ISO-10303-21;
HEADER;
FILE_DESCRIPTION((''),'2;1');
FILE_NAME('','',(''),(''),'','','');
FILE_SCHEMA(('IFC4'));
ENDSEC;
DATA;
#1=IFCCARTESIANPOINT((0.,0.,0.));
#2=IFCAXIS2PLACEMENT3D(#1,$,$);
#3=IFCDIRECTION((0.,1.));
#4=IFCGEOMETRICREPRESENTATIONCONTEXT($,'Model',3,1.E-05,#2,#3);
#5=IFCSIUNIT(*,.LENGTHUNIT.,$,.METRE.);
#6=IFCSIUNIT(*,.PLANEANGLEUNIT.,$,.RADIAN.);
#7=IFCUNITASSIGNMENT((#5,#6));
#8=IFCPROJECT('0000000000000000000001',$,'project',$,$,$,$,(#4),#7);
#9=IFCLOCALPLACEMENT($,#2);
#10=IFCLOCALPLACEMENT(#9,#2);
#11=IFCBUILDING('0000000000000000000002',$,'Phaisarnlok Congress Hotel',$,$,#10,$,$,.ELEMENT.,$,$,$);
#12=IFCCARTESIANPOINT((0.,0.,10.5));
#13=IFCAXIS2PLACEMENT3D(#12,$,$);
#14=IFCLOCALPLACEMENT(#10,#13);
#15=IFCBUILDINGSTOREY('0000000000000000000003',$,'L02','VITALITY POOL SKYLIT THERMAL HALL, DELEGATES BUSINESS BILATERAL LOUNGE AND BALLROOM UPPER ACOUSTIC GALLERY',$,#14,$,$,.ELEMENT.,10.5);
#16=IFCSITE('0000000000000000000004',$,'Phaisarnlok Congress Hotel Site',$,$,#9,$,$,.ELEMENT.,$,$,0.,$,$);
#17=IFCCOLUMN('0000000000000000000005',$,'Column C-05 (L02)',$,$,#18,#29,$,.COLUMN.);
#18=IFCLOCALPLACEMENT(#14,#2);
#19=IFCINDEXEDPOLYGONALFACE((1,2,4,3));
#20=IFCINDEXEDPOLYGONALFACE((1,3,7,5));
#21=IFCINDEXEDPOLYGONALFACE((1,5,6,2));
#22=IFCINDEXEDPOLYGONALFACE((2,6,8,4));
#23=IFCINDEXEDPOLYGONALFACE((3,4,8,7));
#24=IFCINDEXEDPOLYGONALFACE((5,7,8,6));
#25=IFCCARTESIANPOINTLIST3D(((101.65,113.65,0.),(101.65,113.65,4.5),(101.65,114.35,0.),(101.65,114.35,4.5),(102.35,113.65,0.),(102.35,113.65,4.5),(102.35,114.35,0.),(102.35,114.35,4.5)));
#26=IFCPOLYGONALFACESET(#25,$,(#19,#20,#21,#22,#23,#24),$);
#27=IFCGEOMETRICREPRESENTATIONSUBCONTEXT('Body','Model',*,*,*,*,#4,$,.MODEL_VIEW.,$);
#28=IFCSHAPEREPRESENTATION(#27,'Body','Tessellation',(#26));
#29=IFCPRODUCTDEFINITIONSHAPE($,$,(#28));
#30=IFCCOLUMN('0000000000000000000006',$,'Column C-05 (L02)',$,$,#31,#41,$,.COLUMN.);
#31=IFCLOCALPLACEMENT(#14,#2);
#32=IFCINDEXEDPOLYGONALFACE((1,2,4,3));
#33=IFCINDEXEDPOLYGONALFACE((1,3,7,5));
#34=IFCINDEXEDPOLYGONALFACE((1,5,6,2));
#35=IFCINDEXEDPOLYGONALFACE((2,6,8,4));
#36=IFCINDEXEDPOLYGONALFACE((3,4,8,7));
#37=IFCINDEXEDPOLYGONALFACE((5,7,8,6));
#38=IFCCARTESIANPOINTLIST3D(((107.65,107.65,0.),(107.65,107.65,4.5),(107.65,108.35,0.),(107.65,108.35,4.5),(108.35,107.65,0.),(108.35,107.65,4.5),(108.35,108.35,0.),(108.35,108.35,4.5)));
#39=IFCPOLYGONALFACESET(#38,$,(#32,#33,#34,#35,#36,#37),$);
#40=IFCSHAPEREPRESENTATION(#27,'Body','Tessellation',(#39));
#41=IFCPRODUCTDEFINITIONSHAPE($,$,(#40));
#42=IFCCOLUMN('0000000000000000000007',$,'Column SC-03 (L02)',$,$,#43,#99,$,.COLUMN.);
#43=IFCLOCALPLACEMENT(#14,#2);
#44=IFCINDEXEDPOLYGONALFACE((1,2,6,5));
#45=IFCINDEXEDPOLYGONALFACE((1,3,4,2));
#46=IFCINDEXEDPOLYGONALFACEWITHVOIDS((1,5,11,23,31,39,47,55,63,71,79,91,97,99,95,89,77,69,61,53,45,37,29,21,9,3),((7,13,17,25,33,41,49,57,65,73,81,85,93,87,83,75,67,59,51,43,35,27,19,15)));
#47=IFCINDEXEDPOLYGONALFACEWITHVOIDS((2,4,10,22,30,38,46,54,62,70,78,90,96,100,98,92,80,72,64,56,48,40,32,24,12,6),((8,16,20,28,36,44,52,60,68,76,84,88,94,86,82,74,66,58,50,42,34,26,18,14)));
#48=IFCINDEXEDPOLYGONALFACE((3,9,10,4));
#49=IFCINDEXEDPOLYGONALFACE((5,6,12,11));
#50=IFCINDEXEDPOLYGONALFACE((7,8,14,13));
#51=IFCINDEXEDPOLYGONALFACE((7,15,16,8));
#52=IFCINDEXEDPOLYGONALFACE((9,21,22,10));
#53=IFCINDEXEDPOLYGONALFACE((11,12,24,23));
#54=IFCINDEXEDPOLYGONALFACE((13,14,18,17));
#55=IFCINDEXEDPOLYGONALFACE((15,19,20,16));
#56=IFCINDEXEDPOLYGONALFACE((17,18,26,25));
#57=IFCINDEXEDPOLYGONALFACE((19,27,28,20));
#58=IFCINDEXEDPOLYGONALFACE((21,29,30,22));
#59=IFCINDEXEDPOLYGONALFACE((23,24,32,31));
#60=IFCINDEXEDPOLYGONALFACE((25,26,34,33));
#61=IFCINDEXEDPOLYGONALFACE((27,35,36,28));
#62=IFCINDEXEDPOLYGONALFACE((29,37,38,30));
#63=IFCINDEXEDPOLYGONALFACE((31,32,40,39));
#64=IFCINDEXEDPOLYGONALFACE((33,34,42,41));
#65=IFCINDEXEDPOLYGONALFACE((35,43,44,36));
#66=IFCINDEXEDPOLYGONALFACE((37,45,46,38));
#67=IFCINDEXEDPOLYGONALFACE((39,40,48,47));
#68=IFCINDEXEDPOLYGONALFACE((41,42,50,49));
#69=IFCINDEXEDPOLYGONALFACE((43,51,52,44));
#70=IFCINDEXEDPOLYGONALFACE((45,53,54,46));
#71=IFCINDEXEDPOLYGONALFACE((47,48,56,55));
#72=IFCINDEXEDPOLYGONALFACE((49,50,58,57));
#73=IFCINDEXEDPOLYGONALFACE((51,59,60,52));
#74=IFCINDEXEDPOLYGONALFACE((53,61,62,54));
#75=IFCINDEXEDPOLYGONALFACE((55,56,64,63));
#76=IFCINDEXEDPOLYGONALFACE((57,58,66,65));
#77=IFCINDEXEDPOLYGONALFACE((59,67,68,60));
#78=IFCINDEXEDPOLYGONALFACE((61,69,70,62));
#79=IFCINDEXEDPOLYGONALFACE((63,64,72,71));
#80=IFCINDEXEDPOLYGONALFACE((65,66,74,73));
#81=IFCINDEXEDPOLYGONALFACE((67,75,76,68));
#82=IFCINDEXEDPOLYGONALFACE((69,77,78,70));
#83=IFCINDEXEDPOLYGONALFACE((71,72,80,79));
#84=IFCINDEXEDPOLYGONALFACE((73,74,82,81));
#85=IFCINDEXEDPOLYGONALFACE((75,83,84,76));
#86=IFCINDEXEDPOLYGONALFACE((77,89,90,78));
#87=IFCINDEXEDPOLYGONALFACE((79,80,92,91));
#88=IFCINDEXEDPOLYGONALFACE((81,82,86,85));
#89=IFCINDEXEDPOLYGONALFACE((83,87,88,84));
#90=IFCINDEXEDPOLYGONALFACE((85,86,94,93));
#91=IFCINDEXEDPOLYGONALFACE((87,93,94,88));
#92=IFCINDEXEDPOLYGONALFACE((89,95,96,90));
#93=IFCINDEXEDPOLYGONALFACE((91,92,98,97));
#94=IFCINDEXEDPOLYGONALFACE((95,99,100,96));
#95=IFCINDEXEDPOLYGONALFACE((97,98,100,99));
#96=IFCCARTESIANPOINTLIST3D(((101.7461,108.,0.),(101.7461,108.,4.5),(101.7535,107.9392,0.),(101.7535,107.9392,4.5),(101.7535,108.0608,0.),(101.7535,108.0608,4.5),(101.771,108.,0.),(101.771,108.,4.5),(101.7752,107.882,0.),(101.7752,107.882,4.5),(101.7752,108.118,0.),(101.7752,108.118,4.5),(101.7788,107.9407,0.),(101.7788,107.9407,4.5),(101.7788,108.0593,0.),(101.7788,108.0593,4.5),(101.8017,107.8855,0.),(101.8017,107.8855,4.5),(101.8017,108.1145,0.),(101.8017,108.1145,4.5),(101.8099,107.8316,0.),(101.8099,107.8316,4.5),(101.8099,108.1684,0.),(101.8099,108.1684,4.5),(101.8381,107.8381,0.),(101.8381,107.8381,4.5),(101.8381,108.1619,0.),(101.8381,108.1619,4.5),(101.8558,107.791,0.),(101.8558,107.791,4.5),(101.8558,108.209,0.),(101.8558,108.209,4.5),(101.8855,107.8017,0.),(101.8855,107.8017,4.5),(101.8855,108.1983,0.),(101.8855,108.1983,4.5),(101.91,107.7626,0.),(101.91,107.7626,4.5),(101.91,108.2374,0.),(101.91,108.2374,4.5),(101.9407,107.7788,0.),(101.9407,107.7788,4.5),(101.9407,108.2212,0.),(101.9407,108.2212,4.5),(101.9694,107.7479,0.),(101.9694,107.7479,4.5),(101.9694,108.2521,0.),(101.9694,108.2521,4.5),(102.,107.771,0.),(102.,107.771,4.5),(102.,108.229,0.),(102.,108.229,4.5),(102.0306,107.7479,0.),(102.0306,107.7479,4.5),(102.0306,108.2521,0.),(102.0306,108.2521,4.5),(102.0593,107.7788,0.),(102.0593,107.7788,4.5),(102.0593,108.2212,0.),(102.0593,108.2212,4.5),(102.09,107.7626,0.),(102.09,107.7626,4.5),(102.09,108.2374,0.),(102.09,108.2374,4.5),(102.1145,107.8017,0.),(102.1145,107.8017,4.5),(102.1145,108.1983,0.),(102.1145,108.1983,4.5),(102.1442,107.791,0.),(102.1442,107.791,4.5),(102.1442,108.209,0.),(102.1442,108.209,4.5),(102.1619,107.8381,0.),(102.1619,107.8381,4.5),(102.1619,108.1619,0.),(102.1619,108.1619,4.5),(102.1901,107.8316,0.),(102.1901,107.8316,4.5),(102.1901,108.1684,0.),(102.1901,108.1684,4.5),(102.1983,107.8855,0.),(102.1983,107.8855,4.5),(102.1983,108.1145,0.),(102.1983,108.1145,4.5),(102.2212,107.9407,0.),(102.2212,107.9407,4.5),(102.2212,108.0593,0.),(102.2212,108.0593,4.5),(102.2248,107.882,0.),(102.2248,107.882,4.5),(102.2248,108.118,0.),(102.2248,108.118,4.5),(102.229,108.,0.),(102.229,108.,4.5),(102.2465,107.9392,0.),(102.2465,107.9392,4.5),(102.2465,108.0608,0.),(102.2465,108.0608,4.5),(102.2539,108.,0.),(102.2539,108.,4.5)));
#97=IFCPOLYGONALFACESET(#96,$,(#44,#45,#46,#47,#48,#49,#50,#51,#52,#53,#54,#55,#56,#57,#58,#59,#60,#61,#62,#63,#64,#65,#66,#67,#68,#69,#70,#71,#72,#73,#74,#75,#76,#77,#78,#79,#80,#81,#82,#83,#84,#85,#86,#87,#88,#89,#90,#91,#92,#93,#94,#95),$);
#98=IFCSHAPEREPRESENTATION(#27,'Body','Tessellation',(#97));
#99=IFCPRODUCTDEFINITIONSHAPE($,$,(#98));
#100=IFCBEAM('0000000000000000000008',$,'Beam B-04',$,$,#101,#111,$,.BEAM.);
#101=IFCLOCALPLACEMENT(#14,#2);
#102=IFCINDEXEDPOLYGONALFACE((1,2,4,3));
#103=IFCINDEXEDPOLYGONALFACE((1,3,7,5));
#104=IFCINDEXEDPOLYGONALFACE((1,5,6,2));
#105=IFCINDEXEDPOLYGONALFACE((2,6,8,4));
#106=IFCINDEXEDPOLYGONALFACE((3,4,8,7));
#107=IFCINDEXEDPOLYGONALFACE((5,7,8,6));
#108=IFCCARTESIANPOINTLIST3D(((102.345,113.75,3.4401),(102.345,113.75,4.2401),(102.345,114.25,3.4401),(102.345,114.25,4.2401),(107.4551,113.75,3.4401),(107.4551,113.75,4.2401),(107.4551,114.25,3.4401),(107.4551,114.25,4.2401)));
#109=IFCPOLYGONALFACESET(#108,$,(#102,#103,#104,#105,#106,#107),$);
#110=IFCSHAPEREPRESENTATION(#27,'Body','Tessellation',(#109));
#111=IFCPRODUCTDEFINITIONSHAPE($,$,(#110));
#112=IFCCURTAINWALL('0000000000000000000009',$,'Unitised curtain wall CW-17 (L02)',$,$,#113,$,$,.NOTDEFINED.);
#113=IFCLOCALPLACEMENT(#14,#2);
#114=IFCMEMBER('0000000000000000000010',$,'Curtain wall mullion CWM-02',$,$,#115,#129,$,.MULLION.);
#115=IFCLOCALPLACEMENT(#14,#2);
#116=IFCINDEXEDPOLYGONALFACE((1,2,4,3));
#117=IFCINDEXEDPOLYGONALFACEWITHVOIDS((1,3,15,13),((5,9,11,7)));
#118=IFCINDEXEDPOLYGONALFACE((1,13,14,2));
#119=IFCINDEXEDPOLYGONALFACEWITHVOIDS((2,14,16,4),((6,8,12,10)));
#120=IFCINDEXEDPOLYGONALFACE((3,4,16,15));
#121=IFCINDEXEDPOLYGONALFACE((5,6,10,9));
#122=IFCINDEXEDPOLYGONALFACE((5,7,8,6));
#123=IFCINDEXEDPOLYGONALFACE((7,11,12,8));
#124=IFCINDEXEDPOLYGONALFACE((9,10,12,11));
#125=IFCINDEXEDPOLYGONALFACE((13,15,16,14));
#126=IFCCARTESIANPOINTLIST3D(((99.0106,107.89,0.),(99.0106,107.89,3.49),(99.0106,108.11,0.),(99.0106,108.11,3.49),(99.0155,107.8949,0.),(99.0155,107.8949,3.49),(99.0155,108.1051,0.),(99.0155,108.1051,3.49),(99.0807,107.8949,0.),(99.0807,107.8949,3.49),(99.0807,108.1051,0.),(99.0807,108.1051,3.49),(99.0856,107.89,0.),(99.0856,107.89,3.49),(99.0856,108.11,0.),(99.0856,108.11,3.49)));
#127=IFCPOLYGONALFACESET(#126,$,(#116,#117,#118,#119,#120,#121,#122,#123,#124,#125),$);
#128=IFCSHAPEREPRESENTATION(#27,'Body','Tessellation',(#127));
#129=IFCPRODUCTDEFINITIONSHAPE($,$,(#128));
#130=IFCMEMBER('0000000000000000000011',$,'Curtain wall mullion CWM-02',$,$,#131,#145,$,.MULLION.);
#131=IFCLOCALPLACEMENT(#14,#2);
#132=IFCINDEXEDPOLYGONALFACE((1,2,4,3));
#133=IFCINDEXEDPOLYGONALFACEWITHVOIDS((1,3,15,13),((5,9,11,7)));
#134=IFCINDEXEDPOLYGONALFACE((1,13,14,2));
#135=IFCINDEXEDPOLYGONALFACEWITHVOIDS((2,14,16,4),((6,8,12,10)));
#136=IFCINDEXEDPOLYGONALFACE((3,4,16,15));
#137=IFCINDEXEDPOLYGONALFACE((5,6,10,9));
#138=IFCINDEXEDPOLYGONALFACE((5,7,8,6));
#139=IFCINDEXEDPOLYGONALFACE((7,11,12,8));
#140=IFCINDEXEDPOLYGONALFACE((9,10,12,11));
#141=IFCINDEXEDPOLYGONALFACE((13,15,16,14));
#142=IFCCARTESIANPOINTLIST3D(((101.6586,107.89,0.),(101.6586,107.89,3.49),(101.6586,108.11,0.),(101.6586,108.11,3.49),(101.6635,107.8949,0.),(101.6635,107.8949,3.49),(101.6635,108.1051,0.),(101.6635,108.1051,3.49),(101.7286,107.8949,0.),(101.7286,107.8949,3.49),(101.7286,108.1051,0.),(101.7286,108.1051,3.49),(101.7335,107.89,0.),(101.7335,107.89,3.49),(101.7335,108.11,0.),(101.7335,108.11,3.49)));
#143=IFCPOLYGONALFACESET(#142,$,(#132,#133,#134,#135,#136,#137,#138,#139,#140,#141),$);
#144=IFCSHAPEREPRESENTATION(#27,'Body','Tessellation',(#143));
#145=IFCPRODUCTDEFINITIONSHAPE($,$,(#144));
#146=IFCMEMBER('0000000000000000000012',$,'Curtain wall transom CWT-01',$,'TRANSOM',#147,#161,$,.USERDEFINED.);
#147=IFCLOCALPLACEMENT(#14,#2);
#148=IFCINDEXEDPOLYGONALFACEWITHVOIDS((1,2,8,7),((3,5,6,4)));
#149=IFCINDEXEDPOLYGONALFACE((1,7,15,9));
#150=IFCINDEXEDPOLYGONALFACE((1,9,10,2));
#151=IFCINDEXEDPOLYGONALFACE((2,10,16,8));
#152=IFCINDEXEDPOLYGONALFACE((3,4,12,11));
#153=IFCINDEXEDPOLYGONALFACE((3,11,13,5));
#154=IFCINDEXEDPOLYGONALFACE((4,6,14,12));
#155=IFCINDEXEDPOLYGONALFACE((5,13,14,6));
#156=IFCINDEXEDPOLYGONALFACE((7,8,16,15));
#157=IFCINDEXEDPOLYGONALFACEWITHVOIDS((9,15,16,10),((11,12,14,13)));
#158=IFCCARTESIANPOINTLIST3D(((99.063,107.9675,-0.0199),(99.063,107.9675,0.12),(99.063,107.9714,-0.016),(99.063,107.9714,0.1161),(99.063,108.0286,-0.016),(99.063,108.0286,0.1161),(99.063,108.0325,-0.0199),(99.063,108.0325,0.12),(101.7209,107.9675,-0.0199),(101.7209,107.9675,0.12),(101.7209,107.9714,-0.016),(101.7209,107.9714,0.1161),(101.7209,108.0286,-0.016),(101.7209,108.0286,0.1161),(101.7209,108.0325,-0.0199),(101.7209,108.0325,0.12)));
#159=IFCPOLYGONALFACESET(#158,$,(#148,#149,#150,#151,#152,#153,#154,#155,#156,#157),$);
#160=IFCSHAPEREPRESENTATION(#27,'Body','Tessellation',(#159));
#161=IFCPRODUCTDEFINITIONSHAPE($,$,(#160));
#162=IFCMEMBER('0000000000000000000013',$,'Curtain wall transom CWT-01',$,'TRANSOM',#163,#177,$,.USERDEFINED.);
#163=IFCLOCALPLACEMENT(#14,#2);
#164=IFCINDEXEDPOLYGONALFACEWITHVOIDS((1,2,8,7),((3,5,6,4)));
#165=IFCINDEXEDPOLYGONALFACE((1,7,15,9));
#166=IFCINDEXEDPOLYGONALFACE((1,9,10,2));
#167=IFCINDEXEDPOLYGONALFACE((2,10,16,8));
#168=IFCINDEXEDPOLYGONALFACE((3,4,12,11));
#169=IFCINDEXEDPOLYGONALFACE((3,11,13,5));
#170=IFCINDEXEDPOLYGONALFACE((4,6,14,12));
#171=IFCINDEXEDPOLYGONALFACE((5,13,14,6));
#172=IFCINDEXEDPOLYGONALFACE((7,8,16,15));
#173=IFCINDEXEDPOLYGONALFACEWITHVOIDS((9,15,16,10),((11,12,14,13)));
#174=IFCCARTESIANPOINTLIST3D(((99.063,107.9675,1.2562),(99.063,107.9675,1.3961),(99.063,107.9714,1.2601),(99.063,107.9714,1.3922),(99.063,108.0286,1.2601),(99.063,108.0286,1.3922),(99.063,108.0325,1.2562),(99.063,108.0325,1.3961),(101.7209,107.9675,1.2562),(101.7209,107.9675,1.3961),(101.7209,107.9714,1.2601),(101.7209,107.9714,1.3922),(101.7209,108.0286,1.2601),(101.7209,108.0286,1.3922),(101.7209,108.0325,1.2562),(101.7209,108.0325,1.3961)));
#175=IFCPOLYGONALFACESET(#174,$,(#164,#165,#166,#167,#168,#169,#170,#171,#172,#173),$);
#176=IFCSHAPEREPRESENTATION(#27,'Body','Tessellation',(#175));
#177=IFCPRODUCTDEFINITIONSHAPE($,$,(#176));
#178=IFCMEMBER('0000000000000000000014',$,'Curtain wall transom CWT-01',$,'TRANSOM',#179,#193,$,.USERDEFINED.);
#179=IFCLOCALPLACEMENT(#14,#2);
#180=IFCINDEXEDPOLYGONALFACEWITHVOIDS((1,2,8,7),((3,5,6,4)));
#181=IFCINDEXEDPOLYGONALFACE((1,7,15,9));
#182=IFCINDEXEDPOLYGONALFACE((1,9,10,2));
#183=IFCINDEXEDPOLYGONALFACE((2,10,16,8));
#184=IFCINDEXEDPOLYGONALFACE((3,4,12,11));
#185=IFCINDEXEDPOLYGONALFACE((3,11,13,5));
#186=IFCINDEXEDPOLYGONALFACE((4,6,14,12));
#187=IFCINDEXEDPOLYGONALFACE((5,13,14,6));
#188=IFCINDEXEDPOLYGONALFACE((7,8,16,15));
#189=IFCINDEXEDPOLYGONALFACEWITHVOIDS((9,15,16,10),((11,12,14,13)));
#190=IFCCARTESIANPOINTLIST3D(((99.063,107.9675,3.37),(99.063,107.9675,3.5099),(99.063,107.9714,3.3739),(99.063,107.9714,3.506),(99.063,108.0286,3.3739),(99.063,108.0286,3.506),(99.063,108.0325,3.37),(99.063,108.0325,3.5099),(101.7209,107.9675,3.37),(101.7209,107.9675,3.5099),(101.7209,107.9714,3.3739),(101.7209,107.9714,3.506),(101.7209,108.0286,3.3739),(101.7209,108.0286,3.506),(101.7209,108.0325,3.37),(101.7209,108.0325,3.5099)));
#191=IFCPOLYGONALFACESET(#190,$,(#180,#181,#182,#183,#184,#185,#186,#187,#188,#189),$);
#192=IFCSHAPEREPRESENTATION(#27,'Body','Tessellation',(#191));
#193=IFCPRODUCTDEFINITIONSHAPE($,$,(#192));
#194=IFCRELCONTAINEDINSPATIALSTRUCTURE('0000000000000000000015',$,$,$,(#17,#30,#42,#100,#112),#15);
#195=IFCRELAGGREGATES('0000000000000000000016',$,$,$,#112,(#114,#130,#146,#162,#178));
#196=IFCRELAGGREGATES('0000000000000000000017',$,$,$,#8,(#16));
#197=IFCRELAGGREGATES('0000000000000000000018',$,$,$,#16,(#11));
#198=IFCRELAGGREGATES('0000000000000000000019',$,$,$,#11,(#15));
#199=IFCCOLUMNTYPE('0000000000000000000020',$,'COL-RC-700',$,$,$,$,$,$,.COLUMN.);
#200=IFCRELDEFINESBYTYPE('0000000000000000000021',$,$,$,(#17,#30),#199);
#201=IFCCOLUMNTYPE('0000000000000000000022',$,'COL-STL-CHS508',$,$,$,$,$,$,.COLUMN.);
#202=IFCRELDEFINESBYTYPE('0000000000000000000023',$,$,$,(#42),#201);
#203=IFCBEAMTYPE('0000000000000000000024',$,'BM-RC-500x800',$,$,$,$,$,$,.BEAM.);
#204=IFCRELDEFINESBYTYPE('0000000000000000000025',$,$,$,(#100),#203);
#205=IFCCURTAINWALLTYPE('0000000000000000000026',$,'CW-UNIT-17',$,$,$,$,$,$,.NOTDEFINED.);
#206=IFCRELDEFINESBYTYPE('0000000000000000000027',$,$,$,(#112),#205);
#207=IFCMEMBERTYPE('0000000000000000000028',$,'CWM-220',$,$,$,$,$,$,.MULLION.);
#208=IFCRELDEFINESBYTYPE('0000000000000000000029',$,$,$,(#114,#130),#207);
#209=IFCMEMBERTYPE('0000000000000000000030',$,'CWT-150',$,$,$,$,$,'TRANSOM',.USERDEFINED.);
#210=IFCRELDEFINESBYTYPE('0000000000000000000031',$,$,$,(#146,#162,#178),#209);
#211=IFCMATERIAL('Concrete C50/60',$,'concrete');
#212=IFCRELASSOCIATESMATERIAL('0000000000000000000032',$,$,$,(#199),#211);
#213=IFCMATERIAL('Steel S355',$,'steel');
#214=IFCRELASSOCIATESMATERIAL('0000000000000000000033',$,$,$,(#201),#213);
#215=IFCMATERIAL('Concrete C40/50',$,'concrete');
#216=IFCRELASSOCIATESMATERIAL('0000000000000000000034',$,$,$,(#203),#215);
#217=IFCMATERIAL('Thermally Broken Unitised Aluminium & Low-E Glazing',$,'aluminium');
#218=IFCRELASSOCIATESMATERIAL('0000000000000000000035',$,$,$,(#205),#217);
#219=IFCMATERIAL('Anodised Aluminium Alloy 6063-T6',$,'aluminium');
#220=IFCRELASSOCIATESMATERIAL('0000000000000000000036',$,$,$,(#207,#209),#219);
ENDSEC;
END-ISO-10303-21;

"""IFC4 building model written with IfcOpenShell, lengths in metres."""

from ifc_helpers import new_model, si_unit, direction, frame, origin, origin_2d, place, context, subcontext, project, spatial, rectangle, hollow_rectangle, hollow_circle, extrude, material, material_profile, profile_set, type_object, element, aggregate, save


model = new_model("IFC4")

# Units and contexts
model_context = context("Model", 3, precision=1e-05, world=origin(), true_north=direction((0.0, 1.0)))
body_context = subcontext(model_context, "Body", "Model", "MODEL_VIEW")
ifc_project = project(units=[si_unit("LENGTHUNIT", "METRE"), si_unit("PLANEANGLEUNIT", "RADIAN")], contexts=[model_context])

# Site, building, storey
site_placement = place(None, origin())
site = spatial("IfcSite", under=ifc_project, at=site_placement, Name="Phaisarnlok Congress Hotel Site", CompositionType="ELEMENT", RefElevation=0.0)
building_placement = place(site_placement, origin())
building = spatial("IfcBuilding", under=site, at=building_placement, Name="Phaisarnlok Congress Hotel", CompositionType="ELEMENT")
storey_placement = place(building_placement, frame((0.0, 0.0, 10.5)))
storey = spatial("IfcBuildingStorey", under=building, at=storey_placement, Name="L02", Description="VITALITY POOL SKYLIT THERMAL HALL, DELEGATES BUSINESS BILATERAL LOUNGE AND BALLROOM UPPER ACOUSTIC GALLERY", CompositionType="ELEMENT", Elevation=10.5)

# Columns
ifc_material_1 = material(Name="Concrete C50/60", Category="concrete")
ifc_material_profile_1 = material_profile(ifc_material_1, rectangle(XDim=0.7, YDim=0.7, at=origin_2d()), Name="RC 700x700")
ifc_profile_set_1 = profile_set([ifc_material_profile_1], Name="Concrete C50/60")
column_type_1 = type_object("IfcColumnType", Name="COL-RC-700", PredefinedType="COLUMN", material=ifc_profile_set_1)
for number, where, z_axis, x_axis, name in (
    (1, (102.0, 114.0, 0.0), (0.0, 0.0, 1.0), (1.0, 0.0, 0.0), "Column C-05 (L02)"),
    (2, (108.0, 108.0, 0.0), (0.0, 0.0, 1.0), (1.0, 0.0, 0.0), "Column C-05 (L02)"),
):
    element("IfcColumn", number, at=place(storey_placement, frame(where, z_axis=z_axis, x_axis=x_axis)), inside=storey, type_object=column_type_1, Name=name, PredefinedType="COLUMN", context=body_context, shape_type="SweptSolid", body=[
        extrude(rectangle(XDim=0.7, YDim=0.7, at=origin_2d()), origin(), (0.0, 0.0, 1.0), 4.5),
    ])
ifc_material_2 = material(Name="Steel S355", Category="steel")
ifc_material_profile_2 = material_profile(ifc_material_2, hollow_circle(Radius=0.2539, WallThickness=0.0249, at=origin_2d()), Name="CHS 508x25")
ifc_profile_set_2 = profile_set([ifc_material_profile_2], Name="Steel S355")
column_type_2 = type_object("IfcColumnType", Name="COL-STL-CHS508", PredefinedType="COLUMN", material=ifc_profile_set_2)
column_placement = place(storey_placement, frame((102.0, 108.0, 0.0), z_axis=(0.0, 0.0, 1.0), x_axis=(1.0, 0.0, 0.0)))
element("IfcColumn", 3, at=column_placement, inside=storey, type_object=column_type_2, Name="Column SC-03 (L02)", PredefinedType="COLUMN", context=body_context, shape_type="SweptSolid", body=[
    extrude(hollow_circle(Radius=0.2539, WallThickness=0.0249, at=origin_2d()), origin(), (0.0, 0.0, 1.0), 4.5),
])

# Beam
ifc_material_3 = material(Name="Concrete C40/50", Category="concrete")
ifc_material_profile_3 = material_profile(ifc_material_3, rectangle(XDim=0.5, YDim=0.8, at=origin_2d()), Name="RC 500x800")
ifc_profile_set_3 = profile_set([ifc_material_profile_3], Name="Concrete C40/50")
beam_type = type_object("IfcBeamType", Name="BM-RC-500x800", PredefinedType="BEAM", material=ifc_profile_set_3)
beam_placement = place(storey_placement, frame((102.345, 114.0, 3.8401), z_axis=(1.0, 0.0, 0.0), x_axis=(0.0, 1.0, 0.0)))
element("IfcBeam", 4, at=beam_placement, inside=storey, type_object=beam_type, Name="Beam B-04", PredefinedType="BEAM", context=body_context, shape_type="SweptSolid", body=[
    extrude(rectangle(XDim=0.5, YDim=0.8, at=origin_2d()), origin(), (0.0, 0.0, 1.0), 5.1101),
])

# Curtain wall, members
ifc_material_4 = material(Name="Thermally Broken Unitised Aluminium & Low-E Glazing", Category="aluminium")
curtain_wall_type = type_object("IfcCurtainWallType", Name="CW-UNIT-17", PredefinedType="NOTDEFINED", material=ifc_material_4)
curtain_wall_placement = place(storey_placement, origin())
curtain_wall = element("IfcCurtainWall", 5, at=curtain_wall_placement, inside=storey, type_object=curtain_wall_type, Name="Unitised curtain wall CW-17 (L02)", PredefinedType="NOTDEFINED")
ifc_material_5 = material(Name="Anodised Aluminium Alloy 6063-T6", Category="aluminium")
ifc_material_profile_4 = material_profile(ifc_material_5, hollow_rectangle(XDim=0.075, YDim=0.22, WallThickness=0.0049, at=origin_2d()), Name="ALU-M 75x220x5")
ifc_profile_set_4 = profile_set([ifc_material_profile_4], Name="Anodised Aluminium Alloy 6063-T6")
member_type_1 = type_object("IfcMemberType", Name="CWM-220", PredefinedType="MULLION", material=ifc_profile_set_4)
member_1_placement = place(storey_placement, frame((99.0481, 108.0, 0.0), z_axis=(0.0, 0.0, 1.0), x_axis=(1.0, 0.0, 0.0)))
member_1 = element("IfcMember", 6, at=member_1_placement, type_object=member_type_1, Name="Curtain wall mullion CWM-02", PredefinedType="MULLION", context=body_context, shape_type="SweptSolid", body=[
    extrude(hollow_rectangle(XDim=0.075, YDim=0.22, WallThickness=0.0049, at=origin_2d()), origin(), (0.0, 0.0, 1.0), 3.49),
])
member_2_placement = place(storey_placement, frame((101.696, 108.0, 0.0), z_axis=(0.0, 0.0, 1.0), x_axis=(1.0, 0.0, 0.0)))
member_2 = element("IfcMember", 7, at=member_2_placement, type_object=member_type_1, Name="Curtain wall mullion CWM-02", PredefinedType="MULLION", context=body_context, shape_type="SweptSolid", body=[
    extrude(hollow_rectangle(XDim=0.075, YDim=0.22, WallThickness=0.0049, at=origin_2d()), origin(), (0.0, 0.0, 1.0), 3.49),
])
ifc_material_profile_5 = material_profile(ifc_material_5, hollow_rectangle(XDim=0.0649, YDim=0.1399, WallThickness=0.0039, at=origin_2d()), Name="ALU-T 65x140x4")
ifc_profile_set_5 = profile_set([ifc_material_profile_5], Name="Anodised Aluminium Alloy 6063-T6")
member_type_2 = type_object("IfcMemberType", Name="CWT-150", ElementType="TRANSOM", PredefinedType="USERDEFINED", material=ifc_profile_set_5)
member_3_placement = place(storey_placement, frame((99.063, 108.0, 0.05), z_axis=(1.0, 0.0, 0.0), x_axis=(0.0, 1.0, 0.0)))
member_3 = element("IfcMember", 8, at=member_3_placement, type_object=member_type_2, Name="Curtain wall transom CWT-01", ObjectType="TRANSOM", PredefinedType="USERDEFINED", context=body_context, shape_type="SweptSolid", body=[
    extrude(hollow_rectangle(XDim=0.0649, YDim=0.1399, WallThickness=0.0039, at=origin_2d()), origin(), (0.0, 0.0, 1.0), 2.658),
])
member_4_placement = place(storey_placement, frame((99.063, 108.0, 1.3262), z_axis=(1.0, 0.0, 0.0), x_axis=(0.0, 1.0, 0.0)))
member_4 = element("IfcMember", 9, at=member_4_placement, type_object=member_type_2, Name="Curtain wall transom CWT-01", ObjectType="TRANSOM", PredefinedType="USERDEFINED", context=body_context, shape_type="SweptSolid", body=[
    extrude(hollow_rectangle(XDim=0.0649, YDim=0.1399, WallThickness=0.0039, at=origin_2d()), origin(), (0.0, 0.0, 1.0), 2.658),
])
member_5_placement = place(storey_placement, frame((99.063, 108.0, 3.4399), z_axis=(1.0, 0.0, 0.0), x_axis=(0.0, 1.0, 0.0)))
member_5 = element("IfcMember", 10, at=member_5_placement, type_object=member_type_2, Name="Curtain wall transom CWT-01", ObjectType="TRANSOM", PredefinedType="USERDEFINED", context=body_context, shape_type="SweptSolid", body=[
    extrude(hollow_rectangle(XDim=0.0649, YDim=0.1399, WallThickness=0.0039, at=origin_2d()), origin(), (0.0, 0.0, 1.0), 2.658),
])
aggregate(curtain_wall, [member_1, member_2, member_3, member_4, member_5])

save(model, "model.ifc")
